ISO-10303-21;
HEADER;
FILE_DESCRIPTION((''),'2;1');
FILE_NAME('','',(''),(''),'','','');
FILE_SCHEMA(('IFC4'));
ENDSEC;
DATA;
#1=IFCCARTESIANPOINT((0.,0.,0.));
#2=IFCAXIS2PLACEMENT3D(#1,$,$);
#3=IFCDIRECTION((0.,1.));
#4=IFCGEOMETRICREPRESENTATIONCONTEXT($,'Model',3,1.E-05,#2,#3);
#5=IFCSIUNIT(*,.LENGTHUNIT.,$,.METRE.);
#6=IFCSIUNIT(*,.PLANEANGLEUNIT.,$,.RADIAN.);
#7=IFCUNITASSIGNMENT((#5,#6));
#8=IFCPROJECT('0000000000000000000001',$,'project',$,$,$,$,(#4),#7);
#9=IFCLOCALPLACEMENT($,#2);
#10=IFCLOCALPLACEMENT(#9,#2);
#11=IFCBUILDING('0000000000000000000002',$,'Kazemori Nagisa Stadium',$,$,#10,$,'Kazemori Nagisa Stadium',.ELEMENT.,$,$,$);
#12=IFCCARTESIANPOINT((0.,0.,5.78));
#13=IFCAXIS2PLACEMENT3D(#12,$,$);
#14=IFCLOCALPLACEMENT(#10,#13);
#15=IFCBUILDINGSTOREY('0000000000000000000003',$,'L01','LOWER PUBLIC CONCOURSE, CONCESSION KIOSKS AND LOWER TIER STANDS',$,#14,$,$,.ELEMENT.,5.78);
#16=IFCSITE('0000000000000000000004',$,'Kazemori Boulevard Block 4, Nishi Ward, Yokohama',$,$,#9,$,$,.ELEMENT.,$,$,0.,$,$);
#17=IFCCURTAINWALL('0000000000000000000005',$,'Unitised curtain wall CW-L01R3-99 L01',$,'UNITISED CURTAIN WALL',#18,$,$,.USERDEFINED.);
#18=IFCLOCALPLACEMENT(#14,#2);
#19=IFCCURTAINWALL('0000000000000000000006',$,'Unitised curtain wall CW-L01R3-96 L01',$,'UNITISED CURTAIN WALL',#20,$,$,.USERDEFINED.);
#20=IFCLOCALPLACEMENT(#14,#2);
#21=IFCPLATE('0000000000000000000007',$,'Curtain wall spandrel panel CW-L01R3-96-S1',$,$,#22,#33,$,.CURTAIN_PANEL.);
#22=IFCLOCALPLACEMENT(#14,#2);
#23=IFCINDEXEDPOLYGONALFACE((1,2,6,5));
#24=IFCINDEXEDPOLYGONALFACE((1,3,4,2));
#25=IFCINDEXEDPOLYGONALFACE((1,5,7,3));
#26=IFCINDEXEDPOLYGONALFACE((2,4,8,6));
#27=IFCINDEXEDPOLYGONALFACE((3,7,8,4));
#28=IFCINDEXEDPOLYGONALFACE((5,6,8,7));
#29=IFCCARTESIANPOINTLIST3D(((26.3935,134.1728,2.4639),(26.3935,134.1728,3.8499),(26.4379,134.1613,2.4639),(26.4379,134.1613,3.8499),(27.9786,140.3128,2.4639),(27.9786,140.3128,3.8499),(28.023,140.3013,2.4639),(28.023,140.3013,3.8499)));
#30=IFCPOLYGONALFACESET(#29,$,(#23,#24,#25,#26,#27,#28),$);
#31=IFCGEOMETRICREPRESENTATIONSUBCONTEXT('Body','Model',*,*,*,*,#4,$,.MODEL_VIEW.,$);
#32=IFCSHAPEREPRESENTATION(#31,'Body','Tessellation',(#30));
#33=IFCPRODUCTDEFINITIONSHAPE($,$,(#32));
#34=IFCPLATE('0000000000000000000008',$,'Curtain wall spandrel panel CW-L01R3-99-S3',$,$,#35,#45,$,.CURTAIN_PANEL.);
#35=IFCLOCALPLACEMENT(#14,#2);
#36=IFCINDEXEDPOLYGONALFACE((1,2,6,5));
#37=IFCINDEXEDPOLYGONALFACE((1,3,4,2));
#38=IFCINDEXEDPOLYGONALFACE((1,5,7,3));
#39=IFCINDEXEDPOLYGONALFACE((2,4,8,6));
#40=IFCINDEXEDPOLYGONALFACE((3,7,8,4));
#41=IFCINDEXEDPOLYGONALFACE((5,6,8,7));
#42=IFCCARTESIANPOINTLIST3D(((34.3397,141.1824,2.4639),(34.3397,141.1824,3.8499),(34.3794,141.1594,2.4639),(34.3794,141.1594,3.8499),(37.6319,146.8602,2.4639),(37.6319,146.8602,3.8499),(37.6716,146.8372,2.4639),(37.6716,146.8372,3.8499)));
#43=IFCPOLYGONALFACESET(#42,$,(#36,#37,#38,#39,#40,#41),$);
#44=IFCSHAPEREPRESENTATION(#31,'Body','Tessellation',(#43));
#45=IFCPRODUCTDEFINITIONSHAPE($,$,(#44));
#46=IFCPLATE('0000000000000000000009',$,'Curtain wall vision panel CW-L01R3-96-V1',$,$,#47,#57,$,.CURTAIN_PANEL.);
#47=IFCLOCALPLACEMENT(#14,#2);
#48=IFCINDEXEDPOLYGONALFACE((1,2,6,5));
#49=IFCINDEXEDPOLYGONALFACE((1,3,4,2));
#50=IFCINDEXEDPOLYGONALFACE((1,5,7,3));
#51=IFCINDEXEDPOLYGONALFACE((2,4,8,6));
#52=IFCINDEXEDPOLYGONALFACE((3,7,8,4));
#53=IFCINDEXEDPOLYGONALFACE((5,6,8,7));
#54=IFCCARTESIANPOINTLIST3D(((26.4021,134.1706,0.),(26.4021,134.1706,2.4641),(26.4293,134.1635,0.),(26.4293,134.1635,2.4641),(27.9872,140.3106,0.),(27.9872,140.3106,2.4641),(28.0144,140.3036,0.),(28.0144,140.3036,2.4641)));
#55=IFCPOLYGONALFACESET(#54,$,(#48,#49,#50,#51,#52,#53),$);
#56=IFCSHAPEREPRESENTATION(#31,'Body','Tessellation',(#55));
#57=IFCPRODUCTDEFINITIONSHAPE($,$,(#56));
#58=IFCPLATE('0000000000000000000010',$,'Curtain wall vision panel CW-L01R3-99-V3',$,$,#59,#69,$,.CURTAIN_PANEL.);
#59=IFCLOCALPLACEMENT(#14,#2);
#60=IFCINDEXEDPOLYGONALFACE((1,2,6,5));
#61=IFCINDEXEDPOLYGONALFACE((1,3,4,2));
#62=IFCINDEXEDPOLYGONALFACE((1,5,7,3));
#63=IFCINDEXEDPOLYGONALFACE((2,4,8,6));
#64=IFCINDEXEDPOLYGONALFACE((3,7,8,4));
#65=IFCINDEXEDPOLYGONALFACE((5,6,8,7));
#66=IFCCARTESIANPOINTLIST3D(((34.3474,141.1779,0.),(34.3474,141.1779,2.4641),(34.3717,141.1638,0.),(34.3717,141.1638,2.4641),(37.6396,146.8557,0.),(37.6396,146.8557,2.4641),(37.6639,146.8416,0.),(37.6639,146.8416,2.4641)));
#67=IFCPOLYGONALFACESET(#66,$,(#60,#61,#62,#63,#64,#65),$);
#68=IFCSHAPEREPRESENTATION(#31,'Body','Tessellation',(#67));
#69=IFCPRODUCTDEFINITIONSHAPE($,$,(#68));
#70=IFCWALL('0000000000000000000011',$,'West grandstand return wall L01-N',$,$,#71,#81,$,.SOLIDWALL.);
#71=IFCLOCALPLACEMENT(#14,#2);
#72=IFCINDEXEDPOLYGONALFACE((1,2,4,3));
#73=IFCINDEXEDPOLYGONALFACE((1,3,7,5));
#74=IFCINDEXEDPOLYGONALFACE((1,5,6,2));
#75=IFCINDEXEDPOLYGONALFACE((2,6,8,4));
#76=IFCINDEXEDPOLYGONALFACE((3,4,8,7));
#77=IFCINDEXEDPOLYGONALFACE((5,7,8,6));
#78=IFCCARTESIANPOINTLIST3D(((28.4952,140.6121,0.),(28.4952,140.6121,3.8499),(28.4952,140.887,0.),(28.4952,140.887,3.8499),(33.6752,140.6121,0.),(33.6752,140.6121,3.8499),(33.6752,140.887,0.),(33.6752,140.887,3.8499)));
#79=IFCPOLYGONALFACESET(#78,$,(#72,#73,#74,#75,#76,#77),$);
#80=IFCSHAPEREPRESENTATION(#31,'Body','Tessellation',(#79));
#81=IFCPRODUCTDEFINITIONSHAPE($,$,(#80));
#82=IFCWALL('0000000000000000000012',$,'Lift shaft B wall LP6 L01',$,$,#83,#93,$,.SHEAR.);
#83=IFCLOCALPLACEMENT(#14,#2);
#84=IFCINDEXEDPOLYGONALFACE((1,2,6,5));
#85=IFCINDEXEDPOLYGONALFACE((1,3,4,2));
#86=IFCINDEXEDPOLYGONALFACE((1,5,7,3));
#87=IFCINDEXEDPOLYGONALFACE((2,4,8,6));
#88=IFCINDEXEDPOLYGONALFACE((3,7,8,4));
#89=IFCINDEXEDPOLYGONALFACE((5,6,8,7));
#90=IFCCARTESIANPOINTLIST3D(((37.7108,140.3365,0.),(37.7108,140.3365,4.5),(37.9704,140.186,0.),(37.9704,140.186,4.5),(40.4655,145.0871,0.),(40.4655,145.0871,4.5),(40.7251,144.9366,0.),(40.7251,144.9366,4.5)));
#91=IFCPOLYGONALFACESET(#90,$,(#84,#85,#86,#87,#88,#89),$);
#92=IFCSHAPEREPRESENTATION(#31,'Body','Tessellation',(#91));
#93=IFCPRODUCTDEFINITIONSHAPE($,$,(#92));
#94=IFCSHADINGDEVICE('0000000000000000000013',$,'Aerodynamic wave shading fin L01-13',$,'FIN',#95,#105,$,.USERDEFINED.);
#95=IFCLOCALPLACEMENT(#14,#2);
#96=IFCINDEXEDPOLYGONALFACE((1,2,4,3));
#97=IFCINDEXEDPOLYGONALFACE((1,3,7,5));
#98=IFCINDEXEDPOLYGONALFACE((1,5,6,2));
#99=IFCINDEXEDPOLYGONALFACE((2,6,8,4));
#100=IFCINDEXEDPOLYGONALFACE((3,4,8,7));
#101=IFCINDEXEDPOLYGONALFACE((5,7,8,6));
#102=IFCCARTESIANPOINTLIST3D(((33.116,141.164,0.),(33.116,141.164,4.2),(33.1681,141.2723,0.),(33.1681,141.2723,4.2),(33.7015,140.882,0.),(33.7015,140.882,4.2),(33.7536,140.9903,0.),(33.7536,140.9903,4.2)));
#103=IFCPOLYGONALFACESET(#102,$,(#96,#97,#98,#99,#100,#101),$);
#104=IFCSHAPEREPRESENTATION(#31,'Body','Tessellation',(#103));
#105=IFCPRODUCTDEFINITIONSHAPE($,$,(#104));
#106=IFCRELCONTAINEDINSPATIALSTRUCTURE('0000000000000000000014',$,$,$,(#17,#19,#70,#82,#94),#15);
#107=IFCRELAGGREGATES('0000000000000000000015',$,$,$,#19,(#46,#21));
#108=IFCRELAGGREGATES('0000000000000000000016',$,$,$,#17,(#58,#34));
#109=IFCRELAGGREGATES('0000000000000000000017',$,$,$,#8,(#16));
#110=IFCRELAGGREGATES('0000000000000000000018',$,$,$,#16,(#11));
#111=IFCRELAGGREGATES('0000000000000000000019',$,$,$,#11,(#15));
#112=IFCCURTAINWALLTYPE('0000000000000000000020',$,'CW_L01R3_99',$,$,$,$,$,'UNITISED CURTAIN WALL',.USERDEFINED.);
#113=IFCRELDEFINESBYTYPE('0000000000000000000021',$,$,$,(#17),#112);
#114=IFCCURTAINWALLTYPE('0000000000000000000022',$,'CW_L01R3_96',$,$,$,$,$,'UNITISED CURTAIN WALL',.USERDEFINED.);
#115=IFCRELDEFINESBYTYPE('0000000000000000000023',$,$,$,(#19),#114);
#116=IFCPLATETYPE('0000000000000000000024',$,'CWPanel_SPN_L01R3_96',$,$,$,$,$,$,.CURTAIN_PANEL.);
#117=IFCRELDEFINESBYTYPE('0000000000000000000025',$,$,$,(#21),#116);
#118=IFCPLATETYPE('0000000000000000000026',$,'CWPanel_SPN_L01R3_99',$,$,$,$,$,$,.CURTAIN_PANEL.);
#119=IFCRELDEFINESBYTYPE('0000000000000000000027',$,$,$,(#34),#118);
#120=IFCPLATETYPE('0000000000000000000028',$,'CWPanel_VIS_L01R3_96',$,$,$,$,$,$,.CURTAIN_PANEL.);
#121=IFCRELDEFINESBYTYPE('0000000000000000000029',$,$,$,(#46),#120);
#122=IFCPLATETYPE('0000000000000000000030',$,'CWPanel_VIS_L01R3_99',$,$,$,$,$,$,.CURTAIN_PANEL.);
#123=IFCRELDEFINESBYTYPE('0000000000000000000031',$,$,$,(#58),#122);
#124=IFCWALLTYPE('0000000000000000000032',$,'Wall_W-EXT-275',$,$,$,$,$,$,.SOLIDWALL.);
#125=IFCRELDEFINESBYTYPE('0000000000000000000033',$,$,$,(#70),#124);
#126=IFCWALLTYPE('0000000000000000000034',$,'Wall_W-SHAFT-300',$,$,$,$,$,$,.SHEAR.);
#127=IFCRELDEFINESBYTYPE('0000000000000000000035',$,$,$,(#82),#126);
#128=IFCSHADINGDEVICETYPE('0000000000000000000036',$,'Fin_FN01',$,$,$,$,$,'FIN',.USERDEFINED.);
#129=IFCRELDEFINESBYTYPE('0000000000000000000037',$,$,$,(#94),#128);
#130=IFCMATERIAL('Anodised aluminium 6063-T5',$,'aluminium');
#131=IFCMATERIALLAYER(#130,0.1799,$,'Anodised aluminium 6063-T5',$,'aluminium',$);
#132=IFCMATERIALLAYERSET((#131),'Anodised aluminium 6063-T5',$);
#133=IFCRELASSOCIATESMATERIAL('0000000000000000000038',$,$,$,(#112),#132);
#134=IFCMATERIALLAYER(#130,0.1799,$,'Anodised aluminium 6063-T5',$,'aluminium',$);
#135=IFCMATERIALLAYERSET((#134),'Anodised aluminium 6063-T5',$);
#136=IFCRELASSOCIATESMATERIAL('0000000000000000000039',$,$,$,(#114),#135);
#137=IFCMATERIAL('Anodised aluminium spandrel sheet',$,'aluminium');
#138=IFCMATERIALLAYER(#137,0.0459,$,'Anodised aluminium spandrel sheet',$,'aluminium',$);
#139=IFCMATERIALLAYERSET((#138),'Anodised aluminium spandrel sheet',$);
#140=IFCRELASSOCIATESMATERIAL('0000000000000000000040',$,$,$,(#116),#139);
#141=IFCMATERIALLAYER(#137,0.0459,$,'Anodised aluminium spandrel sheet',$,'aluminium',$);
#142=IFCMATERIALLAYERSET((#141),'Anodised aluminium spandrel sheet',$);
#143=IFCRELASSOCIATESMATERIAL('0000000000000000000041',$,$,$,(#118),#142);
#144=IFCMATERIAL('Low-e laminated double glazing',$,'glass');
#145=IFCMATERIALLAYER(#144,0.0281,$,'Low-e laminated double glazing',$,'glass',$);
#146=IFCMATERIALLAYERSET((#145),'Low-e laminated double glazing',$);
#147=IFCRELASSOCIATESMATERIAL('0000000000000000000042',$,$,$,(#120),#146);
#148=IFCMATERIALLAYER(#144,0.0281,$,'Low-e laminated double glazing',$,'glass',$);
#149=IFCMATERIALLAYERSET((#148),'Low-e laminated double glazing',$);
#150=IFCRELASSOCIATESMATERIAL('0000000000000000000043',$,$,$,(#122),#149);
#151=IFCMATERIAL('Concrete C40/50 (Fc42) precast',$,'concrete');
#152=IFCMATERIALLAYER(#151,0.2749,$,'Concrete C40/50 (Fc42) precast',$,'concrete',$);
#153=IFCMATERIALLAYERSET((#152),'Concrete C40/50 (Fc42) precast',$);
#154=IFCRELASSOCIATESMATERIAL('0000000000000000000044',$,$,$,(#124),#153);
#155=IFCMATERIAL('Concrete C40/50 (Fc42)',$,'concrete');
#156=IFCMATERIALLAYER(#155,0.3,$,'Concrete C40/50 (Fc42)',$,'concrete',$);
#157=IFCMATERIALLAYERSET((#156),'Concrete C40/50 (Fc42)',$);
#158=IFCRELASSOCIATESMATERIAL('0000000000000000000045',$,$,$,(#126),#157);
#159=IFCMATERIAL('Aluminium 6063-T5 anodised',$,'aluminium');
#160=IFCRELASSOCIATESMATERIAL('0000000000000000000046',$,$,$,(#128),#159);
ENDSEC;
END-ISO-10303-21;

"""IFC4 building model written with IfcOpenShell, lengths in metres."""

from ifc_helpers import new_model, si_unit, direction, frame, frame_2d, origin, origin_2d, place, context, subcontext, project, spatial, rectangle, extrude, material, layer, layer_set, type_object, element, aggregate, save


model = new_model("IFC4")

# Units and contexts
model_context = context("Model", 3, precision=1e-05, world=origin(), true_north=direction((0.0, 1.0)))
body_context = subcontext(model_context, "Body", "Model", "MODEL_VIEW")
ifc_project = project(units=[si_unit("LENGTHUNIT", "METRE"), si_unit("PLANEANGLEUNIT", "RADIAN")], contexts=[model_context])

# Site, building, storey
site_placement = place(None, origin())
site = spatial("IfcSite", under=ifc_project, at=site_placement, Name="Kazemori Boulevard Block 4, Nishi Ward, Yokohama", CompositionType="ELEMENT", RefElevation=0.0)
building_placement = place(site_placement, origin())
building = spatial("IfcBuilding", under=site, at=building_placement, Name="Kazemori Nagisa Stadium", LongName="Kazemori Nagisa Stadium", CompositionType="ELEMENT")
storey_placement = place(building_placement, frame((0.0, 0.0, 5.78)))
storey = spatial("IfcBuildingStorey", under=building, at=storey_placement, Name="L01", Description="LOWER PUBLIC CONCOURSE, CONCESSION KIOSKS AND LOWER TIER STANDS", CompositionType="ELEMENT", Elevation=5.78)

# Shared definitions
ifc_material_1 = material(Name="Concrete C40/50 (Fc42)", Category="concrete")

# Curtain wall
ifc_material_2 = material(Name="Anodised aluminium 6063-T5", Category="aluminium")
ifc_layer_1 = layer(ifc_material_2, 0.1799, Name="Anodised aluminium 6063-T5", Category="aluminium")
ifc_layer_set_1 = layer_set([ifc_layer_1], Name="Anodised aluminium 6063-T5")
curtain_wall_type_1 = type_object("IfcCurtainWallType", Name="CW_L01R3_99", ElementType="UNITISED CURTAIN WALL", PredefinedType="USERDEFINED", material=ifc_layer_set_1)
curtain_wall_1_placement = place(storey_placement, origin())
curtain_wall_1 = element("IfcCurtainWall", 1, at=curtain_wall_1_placement, inside=storey, type_object=curtain_wall_type_1, Name="Unitised curtain wall CW-L01R3-99 L01", ObjectType="UNITISED CURTAIN WALL", PredefinedType="USERDEFINED")
ifc_material_3 = material(Name="Aluminium 6063-T5 anodised", Category="aluminium")

# Curtain wall, plate
ifc_layer_2 = layer(ifc_material_2, 0.1799, Name="Anodised aluminium 6063-T5", Category="aluminium")
ifc_layer_set_2 = layer_set([ifc_layer_2], Name="Anodised aluminium 6063-T5")
curtain_wall_type_2 = type_object("IfcCurtainWallType", Name="CW_L01R3_96", ElementType="UNITISED CURTAIN WALL", PredefinedType="USERDEFINED", material=ifc_layer_set_2)
curtain_wall_2_placement = place(storey_placement, origin())
curtain_wall_2 = element("IfcCurtainWall", 2, at=curtain_wall_2_placement, inside=storey, type_object=curtain_wall_type_2, Name="Unitised curtain wall CW-L01R3-96 L01", ObjectType="UNITISED CURTAIN WALL", PredefinedType="USERDEFINED")
ifc_material_4 = material(Name="Anodised aluminium spandrel sheet", Category="aluminium")
ifc_layer_3 = layer(ifc_material_4, 0.0459, Name="Anodised aluminium spandrel sheet", Category="aluminium")
ifc_layer_set_3 = layer_set([ifc_layer_3], Name="Anodised aluminium spandrel sheet")
plate_type_1 = type_object("IfcPlateType", Name="CWPanel_SPN_L01R3_96", PredefinedType="CURTAIN_PANEL", material=ifc_layer_set_3)
plate_1_placement = place(storey_placement, frame((27.2083, 137.2371, 2.4639), z_axis=(0.0, 0.0, 1.0), x_axis=(-0.249965, -0.968255, 0.0)))
plate_1 = element("IfcPlate", 3, at=plate_1_placement, type_object=plate_type_1, Name="Curtain wall spandrel panel CW-L01R3-96-S1", PredefinedType="CURTAIN_PANEL", context=body_context, shape_type="SweptSolid", body=[
    extrude(rectangle(XDim=6.3413, YDim=0.0459, at=origin_2d()), origin(), (0.0, 0.0, 1.0), 1.386),
])

# Plates
ifc_layer_4 = layer(ifc_material_4, 0.0459, Name="Anodised aluminium spandrel sheet", Category="aluminium")
ifc_layer_set_4 = layer_set([ifc_layer_4], Name="Anodised aluminium spandrel sheet")
plate_type_2 = type_object("IfcPlateType", Name="CWPanel_SPN_L01R3_99", PredefinedType="CURTAIN_PANEL", material=ifc_layer_set_4)
plate_2_placement = place(storey_placement, frame((36.0056, 144.0098, 2.4639), z_axis=(0.0, 0.0, 1.0), x_axis=(-0.501612, -0.865093, 0.0)))
plate_2 = element("IfcPlate", 4, at=plate_2_placement, type_object=plate_type_2, Name="Curtain wall spandrel panel CW-L01R3-99-S3", PredefinedType="CURTAIN_PANEL", context=body_context, shape_type="SweptSolid", body=[
    extrude(rectangle(XDim=6.5632, YDim=0.0459, at=origin_2d()), origin(), (0.0, 0.0, 1.0), 1.386),
])
ifc_material_5 = material(Name="Low-e laminated double glazing", Category="glass")
ifc_layer_5 = layer(ifc_material_5, 0.0281, Name="Low-e laminated double glazing", Category="glass")
ifc_layer_set_5 = layer_set([ifc_layer_5], Name="Low-e laminated double glazing")
plate_type_3 = type_object("IfcPlateType", Name="CWPanel_VIS_L01R3_96", PredefinedType="CURTAIN_PANEL", material=ifc_layer_set_5)
plate_3_placement = place(storey_placement, frame((27.2083, 137.2371, 0.0), z_axis=(0.0, 0.0, 1.0), x_axis=(-0.249965, -0.968255, 0.0)))
plate_3 = element("IfcPlate", 5, at=plate_3_placement, type_object=plate_type_3, Name="Curtain wall vision panel CW-L01R3-96-V1", PredefinedType="CURTAIN_PANEL", context=body_context, shape_type="SweptSolid", body=[
    extrude(rectangle(XDim=6.3413, YDim=0.0281, at=origin_2d()), origin(), (0.0, 0.0, 1.0), 2.4641),
])
aggregate(curtain_wall_2, [plate_3, plate_1])
ifc_layer_6 = layer(ifc_material_5, 0.0281, Name="Low-e laminated double glazing", Category="glass")
ifc_layer_set_6 = layer_set([ifc_layer_6], Name="Low-e laminated double glazing")
plate_type_4 = type_object("IfcPlateType", Name="CWPanel_VIS_L01R3_99", PredefinedType="CURTAIN_PANEL", material=ifc_layer_set_6)
plate_4_placement = place(storey_placement, frame((36.0056, 144.0098, 0.0), z_axis=(0.0, 0.0, 1.0), x_axis=(-0.501612, -0.865093, 0.0)))
plate_4 = element("IfcPlate", 6, at=plate_4_placement, type_object=plate_type_4, Name="Curtain wall vision panel CW-L01R3-99-V3", PredefinedType="CURTAIN_PANEL", context=body_context, shape_type="SweptSolid", body=[
    extrude(rectangle(XDim=6.5632, YDim=0.0281, at=origin_2d()), origin(), (0.0, 0.0, 1.0), 2.4641),
])
aggregate(curtain_wall_1, [plate_4, plate_2])

# Walls
ifc_material_6 = material(Name="Concrete C40/50 (Fc42) precast", Category="concrete")
ifc_layer_7 = layer(ifc_material_6, 0.2749, Name="Concrete C40/50 (Fc42) precast", Category="concrete")
ifc_layer_set_7 = layer_set([ifc_layer_7], Name="Concrete C40/50 (Fc42) precast")
wall_type_1 = type_object("IfcWallType", Name="Wall_W-EXT-275", PredefinedType="SOLIDWALL", material=ifc_layer_set_7)
wall_1_placement = place(storey_placement, frame((33.675, 140.7495, 0.0), z_axis=(0.0, 0.0, 1.0), x_axis=(-1.0, 0.0, 0.0)))
element("IfcWall", 7, at=wall_1_placement, inside=storey, type_object=wall_type_1, Name="West grandstand return wall L01-N", PredefinedType="SOLIDWALL", context=body_context, shape_type="SweptSolid", body=[
    extrude(rectangle(XDim=5.1799, YDim=0.2749, at=frame_2d((2.5898, 0.0))), origin(), (0.0, 0.0, 1.0), 3.8499),
])
ifc_layer_8 = layer(ifc_material_1, 0.3, Name="Concrete C40/50 (Fc42)", Category="concrete")
ifc_layer_set_8 = layer_set([ifc_layer_8], Name="Concrete C40/50 (Fc42)")
wall_type_2 = type_object("IfcWallType", Name="Wall_W-SHAFT-300", PredefinedType="SHEAR", material=ifc_layer_set_8)
wall_2_placement = place(storey_placement, frame((40.5952, 145.0117, 0.0), z_axis=(0.0, 0.0, 1.0), x_axis=(-0.50163, -0.865082, 0.0)))
element("IfcWall", 8, at=wall_2_placement, inside=storey, type_object=wall_type_2, Name="Lift shaft B wall LP6 L01", PredefinedType="SHEAR", context=body_context, shape_type="SweptSolid", body=[
    extrude(rectangle(XDim=5.4915, YDim=0.3, at=frame_2d((2.7456, 0.0))), origin(), (0.0, 0.0, 1.0), 4.5),
])

# Shading device
shading_device_type = type_object("IfcShadingDeviceType", Name="Fin_FN01", ElementType="FIN", PredefinedType="USERDEFINED", material=ifc_material_3)
shading_device_placement = place(storey_placement, frame((33.4348, 141.0771, 0.0), z_axis=(0.0, 0.0, 1.0), x_axis=(-0.900969, 0.433884, 0.0)))
element("IfcShadingDevice", 9, at=shading_device_placement, inside=storey, type_object=shading_device_type, Name="Aerodynamic wave shading fin L01-13", ObjectType="FIN", PredefinedType="USERDEFINED", context=body_context, shape_type="SweptSolid", body=[
    extrude(rectangle(XDim=0.6499, YDim=0.1201, at=origin_2d()), origin(), (0.0, 0.0, 1.0), 4.2),
])

save(model, "model.ifc")
